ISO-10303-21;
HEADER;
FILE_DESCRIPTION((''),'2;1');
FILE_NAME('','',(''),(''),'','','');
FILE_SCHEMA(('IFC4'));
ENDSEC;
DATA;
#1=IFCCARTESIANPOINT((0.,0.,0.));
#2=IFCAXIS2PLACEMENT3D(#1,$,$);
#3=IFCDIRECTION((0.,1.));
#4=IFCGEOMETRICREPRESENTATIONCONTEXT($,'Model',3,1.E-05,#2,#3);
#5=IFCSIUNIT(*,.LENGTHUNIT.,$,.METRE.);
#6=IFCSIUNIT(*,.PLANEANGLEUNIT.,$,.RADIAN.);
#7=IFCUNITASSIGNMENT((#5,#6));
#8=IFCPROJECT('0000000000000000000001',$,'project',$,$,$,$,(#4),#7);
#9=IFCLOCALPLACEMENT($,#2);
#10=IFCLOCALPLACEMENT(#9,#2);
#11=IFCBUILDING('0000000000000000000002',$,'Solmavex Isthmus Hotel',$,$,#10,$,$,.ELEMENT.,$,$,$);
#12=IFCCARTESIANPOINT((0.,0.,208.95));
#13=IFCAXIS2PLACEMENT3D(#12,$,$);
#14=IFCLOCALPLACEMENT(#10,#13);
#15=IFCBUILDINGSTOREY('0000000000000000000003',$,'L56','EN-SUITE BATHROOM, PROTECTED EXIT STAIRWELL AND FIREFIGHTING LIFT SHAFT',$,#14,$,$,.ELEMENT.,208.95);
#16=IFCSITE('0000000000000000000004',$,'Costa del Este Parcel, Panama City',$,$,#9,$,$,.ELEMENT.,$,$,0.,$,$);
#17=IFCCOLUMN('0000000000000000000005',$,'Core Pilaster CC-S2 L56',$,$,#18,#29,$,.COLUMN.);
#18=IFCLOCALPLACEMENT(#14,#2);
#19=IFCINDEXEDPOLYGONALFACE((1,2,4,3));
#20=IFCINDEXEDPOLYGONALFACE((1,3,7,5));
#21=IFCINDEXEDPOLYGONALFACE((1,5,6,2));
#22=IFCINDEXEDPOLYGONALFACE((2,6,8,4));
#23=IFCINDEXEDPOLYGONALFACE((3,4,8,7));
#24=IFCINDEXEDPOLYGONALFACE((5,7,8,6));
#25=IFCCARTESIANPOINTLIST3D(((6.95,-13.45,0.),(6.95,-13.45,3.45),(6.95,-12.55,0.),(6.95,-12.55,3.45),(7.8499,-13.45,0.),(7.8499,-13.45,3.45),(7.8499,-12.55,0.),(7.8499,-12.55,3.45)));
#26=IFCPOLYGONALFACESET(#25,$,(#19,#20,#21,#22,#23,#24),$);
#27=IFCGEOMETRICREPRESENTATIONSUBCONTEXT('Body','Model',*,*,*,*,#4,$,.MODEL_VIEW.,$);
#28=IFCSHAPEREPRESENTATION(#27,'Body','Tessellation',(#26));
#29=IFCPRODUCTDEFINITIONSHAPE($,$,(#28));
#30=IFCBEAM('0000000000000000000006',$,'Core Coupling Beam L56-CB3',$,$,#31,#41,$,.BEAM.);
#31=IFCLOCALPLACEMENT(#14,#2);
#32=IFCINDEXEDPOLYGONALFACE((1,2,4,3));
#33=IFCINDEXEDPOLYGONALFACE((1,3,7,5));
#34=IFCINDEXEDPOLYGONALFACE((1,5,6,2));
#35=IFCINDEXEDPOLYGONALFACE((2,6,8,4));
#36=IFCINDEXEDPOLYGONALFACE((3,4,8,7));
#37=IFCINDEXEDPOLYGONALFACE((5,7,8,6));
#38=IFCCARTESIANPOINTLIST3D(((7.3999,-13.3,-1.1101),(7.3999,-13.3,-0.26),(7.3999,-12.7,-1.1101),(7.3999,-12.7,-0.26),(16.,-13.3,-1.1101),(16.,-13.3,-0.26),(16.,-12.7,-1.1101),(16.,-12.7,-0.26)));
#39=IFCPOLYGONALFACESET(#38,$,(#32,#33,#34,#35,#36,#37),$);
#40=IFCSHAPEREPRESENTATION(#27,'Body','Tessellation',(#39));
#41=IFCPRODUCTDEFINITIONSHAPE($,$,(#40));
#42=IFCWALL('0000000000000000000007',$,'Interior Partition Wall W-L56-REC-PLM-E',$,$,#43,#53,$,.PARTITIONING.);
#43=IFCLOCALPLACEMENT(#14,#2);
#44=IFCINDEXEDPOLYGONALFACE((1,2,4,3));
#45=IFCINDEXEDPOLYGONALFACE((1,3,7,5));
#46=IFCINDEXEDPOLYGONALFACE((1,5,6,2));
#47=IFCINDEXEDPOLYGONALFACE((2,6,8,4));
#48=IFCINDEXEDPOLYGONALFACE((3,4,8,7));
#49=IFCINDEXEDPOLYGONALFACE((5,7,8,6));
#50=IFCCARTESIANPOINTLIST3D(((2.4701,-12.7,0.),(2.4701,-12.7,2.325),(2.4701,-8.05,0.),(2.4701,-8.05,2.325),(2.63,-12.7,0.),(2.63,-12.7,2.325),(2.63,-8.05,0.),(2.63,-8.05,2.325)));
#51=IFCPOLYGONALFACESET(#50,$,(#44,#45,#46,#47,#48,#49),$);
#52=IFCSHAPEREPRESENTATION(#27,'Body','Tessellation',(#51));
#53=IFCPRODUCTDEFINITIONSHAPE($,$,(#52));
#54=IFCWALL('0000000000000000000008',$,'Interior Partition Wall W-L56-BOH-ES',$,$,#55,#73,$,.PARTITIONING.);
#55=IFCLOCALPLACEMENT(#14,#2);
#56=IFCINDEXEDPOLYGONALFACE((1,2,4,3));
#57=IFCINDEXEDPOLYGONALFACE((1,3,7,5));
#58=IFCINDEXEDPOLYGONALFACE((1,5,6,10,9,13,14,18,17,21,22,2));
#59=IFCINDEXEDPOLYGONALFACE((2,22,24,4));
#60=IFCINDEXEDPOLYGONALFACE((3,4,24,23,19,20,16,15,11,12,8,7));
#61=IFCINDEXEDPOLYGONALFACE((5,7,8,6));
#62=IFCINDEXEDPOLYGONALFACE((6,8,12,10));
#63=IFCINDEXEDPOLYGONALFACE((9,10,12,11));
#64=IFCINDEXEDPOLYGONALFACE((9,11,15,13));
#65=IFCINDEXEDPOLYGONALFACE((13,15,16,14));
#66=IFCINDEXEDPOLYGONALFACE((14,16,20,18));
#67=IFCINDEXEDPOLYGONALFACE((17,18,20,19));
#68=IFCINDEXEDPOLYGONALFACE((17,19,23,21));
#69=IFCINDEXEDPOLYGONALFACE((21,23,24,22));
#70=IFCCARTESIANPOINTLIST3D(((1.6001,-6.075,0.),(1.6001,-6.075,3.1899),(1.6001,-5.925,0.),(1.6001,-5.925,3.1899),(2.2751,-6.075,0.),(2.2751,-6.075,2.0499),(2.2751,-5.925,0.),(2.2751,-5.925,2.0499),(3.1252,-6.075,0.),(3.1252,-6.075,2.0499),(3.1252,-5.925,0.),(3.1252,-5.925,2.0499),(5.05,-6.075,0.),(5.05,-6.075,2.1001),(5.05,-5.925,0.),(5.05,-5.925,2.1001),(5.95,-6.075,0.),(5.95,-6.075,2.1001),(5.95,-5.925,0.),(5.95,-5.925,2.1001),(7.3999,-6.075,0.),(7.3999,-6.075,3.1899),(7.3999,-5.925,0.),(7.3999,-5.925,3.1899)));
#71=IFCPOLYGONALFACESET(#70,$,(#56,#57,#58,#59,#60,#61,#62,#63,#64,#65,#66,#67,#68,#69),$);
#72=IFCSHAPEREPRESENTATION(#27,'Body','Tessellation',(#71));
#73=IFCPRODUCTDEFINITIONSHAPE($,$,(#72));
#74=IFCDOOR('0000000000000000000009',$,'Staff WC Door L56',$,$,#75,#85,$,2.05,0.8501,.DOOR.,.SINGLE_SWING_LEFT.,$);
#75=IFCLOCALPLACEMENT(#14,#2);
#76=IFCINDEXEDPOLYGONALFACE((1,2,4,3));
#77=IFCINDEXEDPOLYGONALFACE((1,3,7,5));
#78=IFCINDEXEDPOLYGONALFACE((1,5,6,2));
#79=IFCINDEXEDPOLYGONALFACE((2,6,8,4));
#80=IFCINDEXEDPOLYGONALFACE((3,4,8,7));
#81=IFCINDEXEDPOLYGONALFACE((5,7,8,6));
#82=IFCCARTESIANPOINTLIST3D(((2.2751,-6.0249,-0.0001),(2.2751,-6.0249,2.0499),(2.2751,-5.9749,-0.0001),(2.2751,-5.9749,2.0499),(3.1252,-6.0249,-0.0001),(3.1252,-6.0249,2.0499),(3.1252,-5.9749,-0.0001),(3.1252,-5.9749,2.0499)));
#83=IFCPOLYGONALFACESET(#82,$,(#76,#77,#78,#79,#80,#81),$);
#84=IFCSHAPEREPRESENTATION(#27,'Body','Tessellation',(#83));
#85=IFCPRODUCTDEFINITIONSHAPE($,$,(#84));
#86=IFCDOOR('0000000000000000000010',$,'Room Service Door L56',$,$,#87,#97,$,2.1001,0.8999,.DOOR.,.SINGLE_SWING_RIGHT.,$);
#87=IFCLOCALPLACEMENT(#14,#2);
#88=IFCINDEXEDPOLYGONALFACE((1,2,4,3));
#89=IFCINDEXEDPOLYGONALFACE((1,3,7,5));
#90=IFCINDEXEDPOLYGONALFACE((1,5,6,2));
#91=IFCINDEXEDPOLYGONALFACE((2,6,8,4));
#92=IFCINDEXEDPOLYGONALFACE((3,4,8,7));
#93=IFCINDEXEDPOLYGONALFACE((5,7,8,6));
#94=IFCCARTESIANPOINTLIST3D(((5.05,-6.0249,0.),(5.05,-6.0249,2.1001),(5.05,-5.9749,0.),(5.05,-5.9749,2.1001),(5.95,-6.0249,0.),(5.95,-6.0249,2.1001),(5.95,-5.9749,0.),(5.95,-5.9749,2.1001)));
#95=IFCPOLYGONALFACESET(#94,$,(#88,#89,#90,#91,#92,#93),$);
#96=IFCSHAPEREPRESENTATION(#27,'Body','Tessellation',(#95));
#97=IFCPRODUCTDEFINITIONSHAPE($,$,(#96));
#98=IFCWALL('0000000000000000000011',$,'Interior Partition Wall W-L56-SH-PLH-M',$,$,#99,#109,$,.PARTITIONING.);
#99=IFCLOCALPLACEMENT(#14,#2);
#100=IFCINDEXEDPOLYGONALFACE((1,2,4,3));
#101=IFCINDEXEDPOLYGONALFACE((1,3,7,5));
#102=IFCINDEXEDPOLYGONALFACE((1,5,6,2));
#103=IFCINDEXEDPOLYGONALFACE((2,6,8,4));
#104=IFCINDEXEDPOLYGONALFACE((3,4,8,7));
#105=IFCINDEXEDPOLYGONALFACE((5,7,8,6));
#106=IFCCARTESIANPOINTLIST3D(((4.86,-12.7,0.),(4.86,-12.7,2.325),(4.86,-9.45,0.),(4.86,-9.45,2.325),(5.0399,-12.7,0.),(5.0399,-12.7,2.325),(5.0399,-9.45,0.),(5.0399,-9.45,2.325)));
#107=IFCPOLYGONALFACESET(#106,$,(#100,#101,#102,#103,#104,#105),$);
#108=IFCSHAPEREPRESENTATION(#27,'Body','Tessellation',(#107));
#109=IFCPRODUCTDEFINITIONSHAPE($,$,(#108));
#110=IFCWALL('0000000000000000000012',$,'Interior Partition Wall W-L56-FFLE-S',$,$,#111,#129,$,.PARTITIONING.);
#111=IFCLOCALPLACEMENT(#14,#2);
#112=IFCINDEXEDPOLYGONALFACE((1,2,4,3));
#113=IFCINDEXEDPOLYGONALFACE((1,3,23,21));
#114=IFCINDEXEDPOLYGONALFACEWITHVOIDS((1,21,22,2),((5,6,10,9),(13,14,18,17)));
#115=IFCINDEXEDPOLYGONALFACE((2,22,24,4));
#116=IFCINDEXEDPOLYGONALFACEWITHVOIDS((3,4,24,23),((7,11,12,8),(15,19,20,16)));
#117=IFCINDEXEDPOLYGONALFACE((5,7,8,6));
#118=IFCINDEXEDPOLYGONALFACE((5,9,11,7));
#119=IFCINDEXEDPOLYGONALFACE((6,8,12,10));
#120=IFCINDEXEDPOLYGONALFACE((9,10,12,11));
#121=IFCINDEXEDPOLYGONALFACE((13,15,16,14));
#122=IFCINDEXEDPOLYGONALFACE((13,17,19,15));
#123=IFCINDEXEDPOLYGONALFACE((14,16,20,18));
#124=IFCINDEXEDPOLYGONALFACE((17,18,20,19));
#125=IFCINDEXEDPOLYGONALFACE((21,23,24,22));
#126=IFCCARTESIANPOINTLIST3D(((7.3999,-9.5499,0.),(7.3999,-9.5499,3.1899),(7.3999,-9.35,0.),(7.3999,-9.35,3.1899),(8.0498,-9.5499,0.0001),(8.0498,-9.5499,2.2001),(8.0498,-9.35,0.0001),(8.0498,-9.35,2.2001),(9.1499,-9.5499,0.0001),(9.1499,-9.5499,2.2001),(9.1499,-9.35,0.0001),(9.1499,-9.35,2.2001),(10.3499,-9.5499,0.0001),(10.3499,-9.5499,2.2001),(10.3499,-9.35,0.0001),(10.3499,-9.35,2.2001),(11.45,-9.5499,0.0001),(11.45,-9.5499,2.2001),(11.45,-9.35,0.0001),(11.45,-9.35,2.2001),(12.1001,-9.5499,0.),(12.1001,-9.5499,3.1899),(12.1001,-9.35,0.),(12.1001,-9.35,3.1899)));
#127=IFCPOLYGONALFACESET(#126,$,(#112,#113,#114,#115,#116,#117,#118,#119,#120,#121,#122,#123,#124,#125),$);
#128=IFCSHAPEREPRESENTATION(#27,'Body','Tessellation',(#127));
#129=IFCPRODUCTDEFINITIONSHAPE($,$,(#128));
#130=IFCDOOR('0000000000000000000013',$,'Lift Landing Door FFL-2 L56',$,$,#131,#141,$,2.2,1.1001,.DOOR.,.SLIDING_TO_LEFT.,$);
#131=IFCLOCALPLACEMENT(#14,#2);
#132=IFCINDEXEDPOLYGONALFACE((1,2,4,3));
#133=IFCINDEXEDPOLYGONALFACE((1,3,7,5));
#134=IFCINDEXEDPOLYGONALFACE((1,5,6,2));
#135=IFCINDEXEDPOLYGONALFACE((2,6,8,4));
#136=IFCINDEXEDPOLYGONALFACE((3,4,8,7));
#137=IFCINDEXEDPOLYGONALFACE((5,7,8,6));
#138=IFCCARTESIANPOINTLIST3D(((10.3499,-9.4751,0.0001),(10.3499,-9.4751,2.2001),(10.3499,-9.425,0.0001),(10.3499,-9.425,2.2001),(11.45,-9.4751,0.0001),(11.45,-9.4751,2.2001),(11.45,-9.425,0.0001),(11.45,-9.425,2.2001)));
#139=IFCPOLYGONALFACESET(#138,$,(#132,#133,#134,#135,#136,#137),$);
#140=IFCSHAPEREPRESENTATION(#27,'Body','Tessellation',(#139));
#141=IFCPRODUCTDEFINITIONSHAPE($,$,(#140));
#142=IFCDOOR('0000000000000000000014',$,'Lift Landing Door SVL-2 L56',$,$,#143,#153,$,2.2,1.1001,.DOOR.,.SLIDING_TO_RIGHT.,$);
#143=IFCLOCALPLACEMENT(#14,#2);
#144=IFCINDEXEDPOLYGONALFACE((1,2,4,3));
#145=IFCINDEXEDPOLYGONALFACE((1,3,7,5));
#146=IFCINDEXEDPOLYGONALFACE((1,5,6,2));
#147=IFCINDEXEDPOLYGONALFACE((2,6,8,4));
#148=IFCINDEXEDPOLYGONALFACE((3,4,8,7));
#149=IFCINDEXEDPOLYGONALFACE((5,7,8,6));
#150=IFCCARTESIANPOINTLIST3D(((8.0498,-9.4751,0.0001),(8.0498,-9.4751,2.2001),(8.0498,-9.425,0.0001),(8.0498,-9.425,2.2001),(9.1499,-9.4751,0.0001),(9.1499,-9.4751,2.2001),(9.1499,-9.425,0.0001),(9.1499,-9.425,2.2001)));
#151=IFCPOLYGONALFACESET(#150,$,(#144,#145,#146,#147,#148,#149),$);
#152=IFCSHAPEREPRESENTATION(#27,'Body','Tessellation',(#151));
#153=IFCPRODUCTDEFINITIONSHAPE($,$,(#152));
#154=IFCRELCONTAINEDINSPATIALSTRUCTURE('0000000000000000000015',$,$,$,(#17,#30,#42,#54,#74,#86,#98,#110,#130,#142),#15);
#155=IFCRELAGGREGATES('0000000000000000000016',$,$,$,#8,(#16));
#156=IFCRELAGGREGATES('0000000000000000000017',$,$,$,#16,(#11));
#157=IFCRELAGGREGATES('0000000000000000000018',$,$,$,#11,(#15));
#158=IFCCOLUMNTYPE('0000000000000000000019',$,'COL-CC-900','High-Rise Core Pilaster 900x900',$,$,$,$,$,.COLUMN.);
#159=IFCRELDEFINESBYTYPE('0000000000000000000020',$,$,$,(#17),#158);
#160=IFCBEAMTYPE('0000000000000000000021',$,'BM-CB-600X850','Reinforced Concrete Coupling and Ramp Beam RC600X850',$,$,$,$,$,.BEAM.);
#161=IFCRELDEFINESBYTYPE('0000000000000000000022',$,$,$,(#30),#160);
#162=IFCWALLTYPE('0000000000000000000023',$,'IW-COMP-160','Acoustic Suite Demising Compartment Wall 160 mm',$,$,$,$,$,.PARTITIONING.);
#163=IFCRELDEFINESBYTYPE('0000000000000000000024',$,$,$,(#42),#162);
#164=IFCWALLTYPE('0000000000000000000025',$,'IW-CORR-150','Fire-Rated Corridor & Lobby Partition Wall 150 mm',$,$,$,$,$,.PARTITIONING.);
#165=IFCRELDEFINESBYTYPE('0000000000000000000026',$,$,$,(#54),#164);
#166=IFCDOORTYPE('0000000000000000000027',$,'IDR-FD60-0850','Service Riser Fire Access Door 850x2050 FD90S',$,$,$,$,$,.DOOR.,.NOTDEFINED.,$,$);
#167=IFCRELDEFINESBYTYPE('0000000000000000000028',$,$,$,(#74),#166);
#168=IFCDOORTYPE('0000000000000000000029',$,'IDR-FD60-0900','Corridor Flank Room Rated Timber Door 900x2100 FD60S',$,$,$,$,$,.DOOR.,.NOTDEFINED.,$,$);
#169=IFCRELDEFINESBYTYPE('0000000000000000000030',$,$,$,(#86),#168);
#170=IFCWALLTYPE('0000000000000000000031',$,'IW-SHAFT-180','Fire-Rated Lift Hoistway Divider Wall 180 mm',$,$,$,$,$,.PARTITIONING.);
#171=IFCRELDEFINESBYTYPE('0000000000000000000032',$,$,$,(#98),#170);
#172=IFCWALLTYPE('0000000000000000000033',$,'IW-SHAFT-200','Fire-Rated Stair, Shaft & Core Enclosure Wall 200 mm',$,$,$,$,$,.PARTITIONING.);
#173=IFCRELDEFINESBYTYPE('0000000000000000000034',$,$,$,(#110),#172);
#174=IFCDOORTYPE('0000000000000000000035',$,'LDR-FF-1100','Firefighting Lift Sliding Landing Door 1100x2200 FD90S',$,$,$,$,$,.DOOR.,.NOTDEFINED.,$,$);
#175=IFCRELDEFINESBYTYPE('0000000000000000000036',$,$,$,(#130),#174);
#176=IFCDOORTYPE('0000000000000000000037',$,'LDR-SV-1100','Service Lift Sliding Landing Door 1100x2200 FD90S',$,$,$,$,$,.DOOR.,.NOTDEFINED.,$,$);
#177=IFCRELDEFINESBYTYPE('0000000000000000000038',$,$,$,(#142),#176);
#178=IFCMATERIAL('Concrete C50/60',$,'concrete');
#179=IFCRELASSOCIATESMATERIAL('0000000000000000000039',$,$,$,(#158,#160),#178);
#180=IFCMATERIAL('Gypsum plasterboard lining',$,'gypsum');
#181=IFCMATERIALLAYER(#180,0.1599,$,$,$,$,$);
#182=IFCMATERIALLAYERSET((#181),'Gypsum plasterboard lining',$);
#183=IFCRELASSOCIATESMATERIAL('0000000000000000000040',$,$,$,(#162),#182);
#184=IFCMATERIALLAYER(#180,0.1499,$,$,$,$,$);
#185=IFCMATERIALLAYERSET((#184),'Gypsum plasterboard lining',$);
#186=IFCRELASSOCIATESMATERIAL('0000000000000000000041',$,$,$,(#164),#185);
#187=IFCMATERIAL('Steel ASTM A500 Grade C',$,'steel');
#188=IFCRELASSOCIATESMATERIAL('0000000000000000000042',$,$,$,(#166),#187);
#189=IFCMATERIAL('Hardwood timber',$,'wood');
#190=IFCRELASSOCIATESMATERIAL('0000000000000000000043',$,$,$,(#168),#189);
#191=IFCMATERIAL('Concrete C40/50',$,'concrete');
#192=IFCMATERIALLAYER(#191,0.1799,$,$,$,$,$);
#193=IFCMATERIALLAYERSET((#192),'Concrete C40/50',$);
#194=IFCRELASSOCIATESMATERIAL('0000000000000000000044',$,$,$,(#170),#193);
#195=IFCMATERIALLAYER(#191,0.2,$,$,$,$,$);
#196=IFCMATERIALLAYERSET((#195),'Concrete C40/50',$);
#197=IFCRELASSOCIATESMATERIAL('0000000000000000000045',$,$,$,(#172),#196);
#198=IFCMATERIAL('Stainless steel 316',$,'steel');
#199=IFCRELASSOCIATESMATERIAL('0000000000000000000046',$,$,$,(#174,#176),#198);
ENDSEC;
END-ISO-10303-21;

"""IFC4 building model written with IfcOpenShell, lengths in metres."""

from ifc_helpers import new_model, si_unit, direction, frame, frame_2d, origin, origin_2d, place, context, subcontext, project, spatial, rectangle, extrude, material, layer, layer_set, material_profile, profile_set, type_object, element, fill, save


model = new_model("IFC4")

# Units and contexts
model_context = context("Model", 3, precision=1e-05, world=origin(), true_north=direction((0.0, 1.0)))
body_context = subcontext(model_context, "Body", "Model", "MODEL_VIEW")
ifc_project = project(units=[si_unit("LENGTHUNIT", "METRE"), si_unit("PLANEANGLEUNIT", "RADIAN")], contexts=[model_context])

# Site, building, storey
site_placement = place(None, origin())
site = spatial("IfcSite", under=ifc_project, at=site_placement, Name="Costa del Este Parcel, Panama City", CompositionType="ELEMENT", RefElevation=0.0)
building_placement = place(site_placement, origin())
building = spatial("IfcBuilding", under=site, at=building_placement, Name="Solmavex Isthmus Hotel", CompositionType="ELEMENT")
storey_placement = place(building_placement, frame((0.0, 0.0, 208.95)))
storey = spatial("IfcBuildingStorey", under=building, at=storey_placement, Name="L56", Description="EN-SUITE BATHROOM, PROTECTED EXIT STAIRWELL AND FIREFIGHTING LIFT SHAFT", CompositionType="ELEMENT", Elevation=208.95)

# Column
ifc_material_1 = material(Name="Concrete C50/60", Category="concrete")
ifc_material_profile_1 = material_profile(ifc_material_1, rectangle(XDim=0.8999, YDim=0.8999, at=origin_2d()), Name="RC900X900")
ifc_profile_set_1 = profile_set([ifc_material_profile_1], Name="Concrete C50/60")
column_type = type_object("IfcColumnType", Name="COL-CC-900", Description="High-Rise Core Pilaster 900x900", PredefinedType="COLUMN", material=ifc_profile_set_1)
column_placement = place(storey_placement, frame((7.3999, -13.0, 0.0), z_axis=(0.0, 0.0, 1.0), x_axis=(1.0, 0.0, 0.0)))
element("IfcColumn", 1, at=column_placement, inside=storey, type_object=column_type, Name="Core Pilaster CC-S2 L56", PredefinedType="COLUMN", context=body_context, shape_type="SweptSolid", body=[
    extrude(rectangle(XDim=0.8999, YDim=0.8999, at=origin_2d()), origin(), (0.0, 0.0, 1.0), 3.45),
])

# Beam
ifc_material_profile_2 = material_profile(ifc_material_1, rectangle(XDim=0.6001, YDim=0.8501, at=origin_2d()), Name="RC600X850")
ifc_profile_set_2 = profile_set([ifc_material_profile_2], Name="Concrete C50/60")
beam_type = type_object("IfcBeamType", Name="BM-CB-600X850", Description="Reinforced Concrete Coupling and Ramp Beam RC600X850", PredefinedType="BEAM", material=ifc_profile_set_2)
beam_placement = place(storey_placement, frame((7.3999, -13.0, -0.6851), z_axis=(1.0, 0.0, 0.0), x_axis=(0.0, 1.0, 0.0)))
element("IfcBeam", 2, at=beam_placement, inside=storey, type_object=beam_type, Name="Core Coupling Beam L56-CB3", PredefinedType="BEAM", context=body_context, shape_type="SweptSolid", body=[
    extrude(rectangle(XDim=0.6001, YDim=0.8501, at=origin_2d()), origin(), (0.0, 0.0, 1.0), 8.6001),
])

# Wall
ifc_material_2 = material(Name="Gypsum plasterboard lining", Category="gypsum")
ifc_layer_1 = layer(ifc_material_2, 0.1599)
ifc_layer_set_1 = layer_set([ifc_layer_1], Name="Gypsum plasterboard lining")
wall_type_1 = type_object("IfcWallType", Name="IW-COMP-160", Description="Acoustic Suite Demising Compartment Wall 160 mm", PredefinedType="PARTITIONING", material=ifc_layer_set_1)
wall_1_placement = place(storey_placement, frame((2.55, -12.7, 0.0), z_axis=(0.0, 0.0, 1.0), x_axis=(0.0, 1.0, 0.0)))
element("IfcWall", 3, at=wall_1_placement, inside=storey, type_object=wall_type_1, Name="Interior Partition Wall W-L56-REC-PLM-E", PredefinedType="PARTITIONING", context=body_context, shape_type="SweptSolid", body=[
    extrude(rectangle(XDim=4.6499, YDim=0.1599, at=frame_2d((2.325, 0.0))), origin(), (0.0, 0.0, 1.0), 2.325),
])

# Wall, openings, doors
ifc_layer_2 = layer(ifc_material_2, 0.1499)
ifc_layer_set_2 = layer_set([ifc_layer_2], Name="Gypsum plasterboard lining")
wall_type_2 = type_object("IfcWallType", Name="IW-CORR-150", Description="Fire-Rated Corridor & Lobby Partition Wall 150 mm", PredefinedType="PARTITIONING", material=ifc_layer_set_2)
wall_2_placement = place(storey_placement, frame((1.6001, -6.0, 0.0), z_axis=(0.0, 0.0, 1.0), x_axis=(1.0, 0.0, 0.0)))
wall_2 = element("IfcWall", 4, at=wall_2_placement, inside=storey, type_object=wall_type_2, Name="Interior Partition Wall W-L56-BOH-ES", PredefinedType="PARTITIONING", context=body_context, shape_type="SweptSolid", body=[
    extrude(rectangle(XDim=5.7998, YDim=0.1499, at=frame_2d((2.8999, 0.0))), origin(), (0.0, 0.0, 1.0), 3.1899),
])
opening_1_placement = place(wall_2_placement, frame((0.675, 0.0, 0.0)))
opening_1 = element("IfcOpeningElement", 5, at=opening_1_placement, cuts=wall_2, PredefinedType="OPENING", context=body_context, shape_type="SweptSolid", body=[
    extrude(rectangle(XDim=0.8501, YDim=2.05, at=frame_2d((0.425, 1.0249))), frame((0.0, 0.085, 0.0), z_axis=(0.0, -1.0, 0.0), x_axis=(1.0, 0.0, 0.0)), (0.0, 0.0, 1.0), 0.1699),
])
opening_2_placement = place(wall_2_placement, frame((3.45, 0.0, 0.0)))
opening_2 = element("IfcOpeningElement", 6, at=opening_2_placement, cuts=wall_2, PredefinedType="OPENING", context=body_context, shape_type="SweptSolid", body=[
    extrude(rectangle(XDim=0.8999, YDim=2.1001, at=frame_2d((0.45, 1.05))), frame((0.0, 0.085, 0.0), z_axis=(0.0, -1.0, 0.0), x_axis=(1.0, 0.0, 0.0)), (0.0, 0.0, 1.0), 0.1699),
])
ifc_material_3 = material(Name="Steel ASTM A500 Grade C", Category="steel")
door_type_1 = type_object("IfcDoorType", Name="IDR-FD60-0850", Description="Service Riser Fire Access Door 850x2050 FD90S", OperationType="NOTDEFINED", PredefinedType="DOOR", material=ifc_material_3)
door_1_placement = place(opening_1_placement, frame((0.8501, 0.0, 0.0), z_axis=(0.0, 0.0, 1.0), x_axis=(-1.0, 0.0, 0.0)))
door_1 = element("IfcDoor", 7, at=door_1_placement, inside=storey, type_object=door_type_1, Name="Staff WC Door L56", OperationType="SINGLE_SWING_LEFT", OverallHeight=2.05, OverallWidth=0.8501, PredefinedType="DOOR", context=body_context, shape_type="SweptSolid", body=[
    extrude(rectangle(XDim=0.8501, YDim=2.05, at=frame_2d((0.425, 1.0249))), frame((0.0, 0.0249, 0.0), z_axis=(0.0, -1.0, 0.0), x_axis=(1.0, 0.0, 0.0)), (0.0, 0.0, 1.0), 0.05),
])
fill(opening_1, door_1)
ifc_material_4 = material(Name="Hardwood timber", Category="wood")
door_type_2 = type_object("IfcDoorType", Name="IDR-FD60-0900", Description="Corridor Flank Room Rated Timber Door 900x2100 FD60S", OperationType="NOTDEFINED", PredefinedType="DOOR", material=ifc_material_4)
door_2_placement = place(opening_2_placement, frame((0.8999, 0.0, 0.0), z_axis=(0.0, 0.0, 1.0), x_axis=(-1.0, 0.0, 0.0)))
door_2 = element("IfcDoor", 8, at=door_2_placement, inside=storey, type_object=door_type_2, Name="Room Service Door L56", OperationType="SINGLE_SWING_RIGHT", OverallHeight=2.1001, OverallWidth=0.8999, PredefinedType="DOOR", context=body_context, shape_type="SweptSolid", body=[
    extrude(rectangle(XDim=0.8999, YDim=2.1001, at=frame_2d((0.45, 1.05))), frame((0.0, 0.0249, 0.0), z_axis=(0.0, -1.0, 0.0), x_axis=(1.0, 0.0, 0.0)), (0.0, 0.0, 1.0), 0.05),
])
fill(opening_2, door_2)

# Wall
ifc_material_5 = material(Name="Concrete C40/50", Category="concrete")
ifc_layer_3 = layer(ifc_material_5, 0.1799)
ifc_layer_set_3 = layer_set([ifc_layer_3], Name="Concrete C40/50")
wall_type_3 = type_object("IfcWallType", Name="IW-SHAFT-180", Description="Fire-Rated Lift Hoistway Divider Wall 180 mm", PredefinedType="PARTITIONING", material=ifc_layer_set_3)
wall_3_placement = place(storey_placement, frame((4.95, -12.7, 0.0), z_axis=(0.0, 0.0, 1.0), x_axis=(0.0, 1.0, 0.0)))
element("IfcWall", 9, at=wall_3_placement, inside=storey, type_object=wall_type_3, Name="Interior Partition Wall W-L56-SH-PLH-M", PredefinedType="PARTITIONING", context=body_context, shape_type="SweptSolid", body=[
    extrude(rectangle(XDim=3.25, YDim=0.1799, at=frame_2d((1.625, 0.0))), origin(), (0.0, 0.0, 1.0), 2.325),
])

# Wall, openings, doors
ifc_layer_4 = layer(ifc_material_5, 0.2)
ifc_layer_set_4 = layer_set([ifc_layer_4], Name="Concrete C40/50")
wall_type_4 = type_object("IfcWallType", Name="IW-SHAFT-200", Description="Fire-Rated Stair, Shaft & Core Enclosure Wall 200 mm", PredefinedType="PARTITIONING", material=ifc_layer_set_4)
wall_4_placement = place(storey_placement, frame((7.3999, -9.45, 0.0), z_axis=(0.0, 0.0, 1.0), x_axis=(1.0, 0.0, 0.0)))
wall_4 = element("IfcWall", 10, at=wall_4_placement, inside=storey, type_object=wall_type_4, Name="Interior Partition Wall W-L56-FFLE-S", PredefinedType="PARTITIONING", context=body_context, shape_type="SweptSolid", body=[
    extrude(rectangle(XDim=4.7002, YDim=0.2, at=frame_2d((2.3501, 0.0))), origin(), (0.0, 0.0, 1.0), 3.1899),
])
opening_3_placement = place(wall_4_placement, frame((2.95, 0.0, 0.0)))
opening_3 = element("IfcOpeningElement", 11, at=opening_3_placement, cuts=wall_4, PredefinedType="OPENING", context=body_context, shape_type="SweptSolid", body=[
    extrude(rectangle(XDim=1.1001, YDim=2.2, at=frame_2d((0.55, 1.1001))), frame((0.0, 0.1099, 0.0), z_axis=(0.0, -1.0, 0.0), x_axis=(1.0, 0.0, 0.0)), (0.0, 0.0, 1.0), 0.22),
])
opening_4_placement = place(wall_4_placement, frame((0.6499, 0.0, 0.0)))
opening_4 = element("IfcOpeningElement", 12, at=opening_4_placement, cuts=wall_4, PredefinedType="OPENING", context=body_context, shape_type="SweptSolid", body=[
    extrude(rectangle(XDim=1.1001, YDim=2.2, at=frame_2d((0.55, 1.1001))), frame((0.0, 0.1099, 0.0), z_axis=(0.0, -1.0, 0.0), x_axis=(1.0, 0.0, 0.0)), (0.0, 0.0, 1.0), 0.22),
])
ifc_material_6 = material(Name="Stainless steel 316", Category="steel")
door_type_3 = type_object("IfcDoorType", Name="LDR-FF-1100", Description="Firefighting Lift Sliding Landing Door 1100x2200 FD90S", OperationType="NOTDEFINED", PredefinedType="DOOR", material=ifc_material_6)
door_3_placement = place(opening_3_placement, origin())
door_3 = element("IfcDoor", 13, at=door_3_placement, inside=storey, type_object=door_type_3, Name="Lift Landing Door FFL-2 L56", OperationType="SLIDING_TO_LEFT", OverallHeight=2.2, OverallWidth=1.1001, PredefinedType="DOOR", context=body_context, shape_type="SweptSolid", body=[
    extrude(rectangle(XDim=1.1001, YDim=2.2, at=frame_2d((0.55, 1.1001))), frame((0.0, 0.0249, 0.0), z_axis=(0.0, -1.0, 0.0), x_axis=(1.0, 0.0, 0.0)), (0.0, 0.0, 1.0), 0.05),
])
fill(opening_3, door_3)
door_type_4 = type_object("IfcDoorType", Name="LDR-SV-1100", Description="Service Lift Sliding Landing Door 1100x2200 FD90S", OperationType="NOTDEFINED", PredefinedType="DOOR", material=ifc_material_6)
door_4_placement = place(opening_4_placement, origin())
door_4 = element("IfcDoor", 14, at=door_4_placement, inside=storey, type_object=door_type_4, Name="Lift Landing Door SVL-2 L56", OperationType="SLIDING_TO_RIGHT", OverallHeight=2.2, OverallWidth=1.1001, PredefinedType="DOOR", context=body_context, shape_type="SweptSolid", body=[
    extrude(rectangle(XDim=1.1001, YDim=2.2, at=frame_2d((0.55, 1.1001))), frame((0.0, 0.0249, 0.0), z_axis=(0.0, -1.0, 0.0), x_axis=(1.0, 0.0, 0.0)), (0.0, 0.0, 1.0), 0.05),
])
fill(opening_4, door_4)

save(model, "model.ifc")
